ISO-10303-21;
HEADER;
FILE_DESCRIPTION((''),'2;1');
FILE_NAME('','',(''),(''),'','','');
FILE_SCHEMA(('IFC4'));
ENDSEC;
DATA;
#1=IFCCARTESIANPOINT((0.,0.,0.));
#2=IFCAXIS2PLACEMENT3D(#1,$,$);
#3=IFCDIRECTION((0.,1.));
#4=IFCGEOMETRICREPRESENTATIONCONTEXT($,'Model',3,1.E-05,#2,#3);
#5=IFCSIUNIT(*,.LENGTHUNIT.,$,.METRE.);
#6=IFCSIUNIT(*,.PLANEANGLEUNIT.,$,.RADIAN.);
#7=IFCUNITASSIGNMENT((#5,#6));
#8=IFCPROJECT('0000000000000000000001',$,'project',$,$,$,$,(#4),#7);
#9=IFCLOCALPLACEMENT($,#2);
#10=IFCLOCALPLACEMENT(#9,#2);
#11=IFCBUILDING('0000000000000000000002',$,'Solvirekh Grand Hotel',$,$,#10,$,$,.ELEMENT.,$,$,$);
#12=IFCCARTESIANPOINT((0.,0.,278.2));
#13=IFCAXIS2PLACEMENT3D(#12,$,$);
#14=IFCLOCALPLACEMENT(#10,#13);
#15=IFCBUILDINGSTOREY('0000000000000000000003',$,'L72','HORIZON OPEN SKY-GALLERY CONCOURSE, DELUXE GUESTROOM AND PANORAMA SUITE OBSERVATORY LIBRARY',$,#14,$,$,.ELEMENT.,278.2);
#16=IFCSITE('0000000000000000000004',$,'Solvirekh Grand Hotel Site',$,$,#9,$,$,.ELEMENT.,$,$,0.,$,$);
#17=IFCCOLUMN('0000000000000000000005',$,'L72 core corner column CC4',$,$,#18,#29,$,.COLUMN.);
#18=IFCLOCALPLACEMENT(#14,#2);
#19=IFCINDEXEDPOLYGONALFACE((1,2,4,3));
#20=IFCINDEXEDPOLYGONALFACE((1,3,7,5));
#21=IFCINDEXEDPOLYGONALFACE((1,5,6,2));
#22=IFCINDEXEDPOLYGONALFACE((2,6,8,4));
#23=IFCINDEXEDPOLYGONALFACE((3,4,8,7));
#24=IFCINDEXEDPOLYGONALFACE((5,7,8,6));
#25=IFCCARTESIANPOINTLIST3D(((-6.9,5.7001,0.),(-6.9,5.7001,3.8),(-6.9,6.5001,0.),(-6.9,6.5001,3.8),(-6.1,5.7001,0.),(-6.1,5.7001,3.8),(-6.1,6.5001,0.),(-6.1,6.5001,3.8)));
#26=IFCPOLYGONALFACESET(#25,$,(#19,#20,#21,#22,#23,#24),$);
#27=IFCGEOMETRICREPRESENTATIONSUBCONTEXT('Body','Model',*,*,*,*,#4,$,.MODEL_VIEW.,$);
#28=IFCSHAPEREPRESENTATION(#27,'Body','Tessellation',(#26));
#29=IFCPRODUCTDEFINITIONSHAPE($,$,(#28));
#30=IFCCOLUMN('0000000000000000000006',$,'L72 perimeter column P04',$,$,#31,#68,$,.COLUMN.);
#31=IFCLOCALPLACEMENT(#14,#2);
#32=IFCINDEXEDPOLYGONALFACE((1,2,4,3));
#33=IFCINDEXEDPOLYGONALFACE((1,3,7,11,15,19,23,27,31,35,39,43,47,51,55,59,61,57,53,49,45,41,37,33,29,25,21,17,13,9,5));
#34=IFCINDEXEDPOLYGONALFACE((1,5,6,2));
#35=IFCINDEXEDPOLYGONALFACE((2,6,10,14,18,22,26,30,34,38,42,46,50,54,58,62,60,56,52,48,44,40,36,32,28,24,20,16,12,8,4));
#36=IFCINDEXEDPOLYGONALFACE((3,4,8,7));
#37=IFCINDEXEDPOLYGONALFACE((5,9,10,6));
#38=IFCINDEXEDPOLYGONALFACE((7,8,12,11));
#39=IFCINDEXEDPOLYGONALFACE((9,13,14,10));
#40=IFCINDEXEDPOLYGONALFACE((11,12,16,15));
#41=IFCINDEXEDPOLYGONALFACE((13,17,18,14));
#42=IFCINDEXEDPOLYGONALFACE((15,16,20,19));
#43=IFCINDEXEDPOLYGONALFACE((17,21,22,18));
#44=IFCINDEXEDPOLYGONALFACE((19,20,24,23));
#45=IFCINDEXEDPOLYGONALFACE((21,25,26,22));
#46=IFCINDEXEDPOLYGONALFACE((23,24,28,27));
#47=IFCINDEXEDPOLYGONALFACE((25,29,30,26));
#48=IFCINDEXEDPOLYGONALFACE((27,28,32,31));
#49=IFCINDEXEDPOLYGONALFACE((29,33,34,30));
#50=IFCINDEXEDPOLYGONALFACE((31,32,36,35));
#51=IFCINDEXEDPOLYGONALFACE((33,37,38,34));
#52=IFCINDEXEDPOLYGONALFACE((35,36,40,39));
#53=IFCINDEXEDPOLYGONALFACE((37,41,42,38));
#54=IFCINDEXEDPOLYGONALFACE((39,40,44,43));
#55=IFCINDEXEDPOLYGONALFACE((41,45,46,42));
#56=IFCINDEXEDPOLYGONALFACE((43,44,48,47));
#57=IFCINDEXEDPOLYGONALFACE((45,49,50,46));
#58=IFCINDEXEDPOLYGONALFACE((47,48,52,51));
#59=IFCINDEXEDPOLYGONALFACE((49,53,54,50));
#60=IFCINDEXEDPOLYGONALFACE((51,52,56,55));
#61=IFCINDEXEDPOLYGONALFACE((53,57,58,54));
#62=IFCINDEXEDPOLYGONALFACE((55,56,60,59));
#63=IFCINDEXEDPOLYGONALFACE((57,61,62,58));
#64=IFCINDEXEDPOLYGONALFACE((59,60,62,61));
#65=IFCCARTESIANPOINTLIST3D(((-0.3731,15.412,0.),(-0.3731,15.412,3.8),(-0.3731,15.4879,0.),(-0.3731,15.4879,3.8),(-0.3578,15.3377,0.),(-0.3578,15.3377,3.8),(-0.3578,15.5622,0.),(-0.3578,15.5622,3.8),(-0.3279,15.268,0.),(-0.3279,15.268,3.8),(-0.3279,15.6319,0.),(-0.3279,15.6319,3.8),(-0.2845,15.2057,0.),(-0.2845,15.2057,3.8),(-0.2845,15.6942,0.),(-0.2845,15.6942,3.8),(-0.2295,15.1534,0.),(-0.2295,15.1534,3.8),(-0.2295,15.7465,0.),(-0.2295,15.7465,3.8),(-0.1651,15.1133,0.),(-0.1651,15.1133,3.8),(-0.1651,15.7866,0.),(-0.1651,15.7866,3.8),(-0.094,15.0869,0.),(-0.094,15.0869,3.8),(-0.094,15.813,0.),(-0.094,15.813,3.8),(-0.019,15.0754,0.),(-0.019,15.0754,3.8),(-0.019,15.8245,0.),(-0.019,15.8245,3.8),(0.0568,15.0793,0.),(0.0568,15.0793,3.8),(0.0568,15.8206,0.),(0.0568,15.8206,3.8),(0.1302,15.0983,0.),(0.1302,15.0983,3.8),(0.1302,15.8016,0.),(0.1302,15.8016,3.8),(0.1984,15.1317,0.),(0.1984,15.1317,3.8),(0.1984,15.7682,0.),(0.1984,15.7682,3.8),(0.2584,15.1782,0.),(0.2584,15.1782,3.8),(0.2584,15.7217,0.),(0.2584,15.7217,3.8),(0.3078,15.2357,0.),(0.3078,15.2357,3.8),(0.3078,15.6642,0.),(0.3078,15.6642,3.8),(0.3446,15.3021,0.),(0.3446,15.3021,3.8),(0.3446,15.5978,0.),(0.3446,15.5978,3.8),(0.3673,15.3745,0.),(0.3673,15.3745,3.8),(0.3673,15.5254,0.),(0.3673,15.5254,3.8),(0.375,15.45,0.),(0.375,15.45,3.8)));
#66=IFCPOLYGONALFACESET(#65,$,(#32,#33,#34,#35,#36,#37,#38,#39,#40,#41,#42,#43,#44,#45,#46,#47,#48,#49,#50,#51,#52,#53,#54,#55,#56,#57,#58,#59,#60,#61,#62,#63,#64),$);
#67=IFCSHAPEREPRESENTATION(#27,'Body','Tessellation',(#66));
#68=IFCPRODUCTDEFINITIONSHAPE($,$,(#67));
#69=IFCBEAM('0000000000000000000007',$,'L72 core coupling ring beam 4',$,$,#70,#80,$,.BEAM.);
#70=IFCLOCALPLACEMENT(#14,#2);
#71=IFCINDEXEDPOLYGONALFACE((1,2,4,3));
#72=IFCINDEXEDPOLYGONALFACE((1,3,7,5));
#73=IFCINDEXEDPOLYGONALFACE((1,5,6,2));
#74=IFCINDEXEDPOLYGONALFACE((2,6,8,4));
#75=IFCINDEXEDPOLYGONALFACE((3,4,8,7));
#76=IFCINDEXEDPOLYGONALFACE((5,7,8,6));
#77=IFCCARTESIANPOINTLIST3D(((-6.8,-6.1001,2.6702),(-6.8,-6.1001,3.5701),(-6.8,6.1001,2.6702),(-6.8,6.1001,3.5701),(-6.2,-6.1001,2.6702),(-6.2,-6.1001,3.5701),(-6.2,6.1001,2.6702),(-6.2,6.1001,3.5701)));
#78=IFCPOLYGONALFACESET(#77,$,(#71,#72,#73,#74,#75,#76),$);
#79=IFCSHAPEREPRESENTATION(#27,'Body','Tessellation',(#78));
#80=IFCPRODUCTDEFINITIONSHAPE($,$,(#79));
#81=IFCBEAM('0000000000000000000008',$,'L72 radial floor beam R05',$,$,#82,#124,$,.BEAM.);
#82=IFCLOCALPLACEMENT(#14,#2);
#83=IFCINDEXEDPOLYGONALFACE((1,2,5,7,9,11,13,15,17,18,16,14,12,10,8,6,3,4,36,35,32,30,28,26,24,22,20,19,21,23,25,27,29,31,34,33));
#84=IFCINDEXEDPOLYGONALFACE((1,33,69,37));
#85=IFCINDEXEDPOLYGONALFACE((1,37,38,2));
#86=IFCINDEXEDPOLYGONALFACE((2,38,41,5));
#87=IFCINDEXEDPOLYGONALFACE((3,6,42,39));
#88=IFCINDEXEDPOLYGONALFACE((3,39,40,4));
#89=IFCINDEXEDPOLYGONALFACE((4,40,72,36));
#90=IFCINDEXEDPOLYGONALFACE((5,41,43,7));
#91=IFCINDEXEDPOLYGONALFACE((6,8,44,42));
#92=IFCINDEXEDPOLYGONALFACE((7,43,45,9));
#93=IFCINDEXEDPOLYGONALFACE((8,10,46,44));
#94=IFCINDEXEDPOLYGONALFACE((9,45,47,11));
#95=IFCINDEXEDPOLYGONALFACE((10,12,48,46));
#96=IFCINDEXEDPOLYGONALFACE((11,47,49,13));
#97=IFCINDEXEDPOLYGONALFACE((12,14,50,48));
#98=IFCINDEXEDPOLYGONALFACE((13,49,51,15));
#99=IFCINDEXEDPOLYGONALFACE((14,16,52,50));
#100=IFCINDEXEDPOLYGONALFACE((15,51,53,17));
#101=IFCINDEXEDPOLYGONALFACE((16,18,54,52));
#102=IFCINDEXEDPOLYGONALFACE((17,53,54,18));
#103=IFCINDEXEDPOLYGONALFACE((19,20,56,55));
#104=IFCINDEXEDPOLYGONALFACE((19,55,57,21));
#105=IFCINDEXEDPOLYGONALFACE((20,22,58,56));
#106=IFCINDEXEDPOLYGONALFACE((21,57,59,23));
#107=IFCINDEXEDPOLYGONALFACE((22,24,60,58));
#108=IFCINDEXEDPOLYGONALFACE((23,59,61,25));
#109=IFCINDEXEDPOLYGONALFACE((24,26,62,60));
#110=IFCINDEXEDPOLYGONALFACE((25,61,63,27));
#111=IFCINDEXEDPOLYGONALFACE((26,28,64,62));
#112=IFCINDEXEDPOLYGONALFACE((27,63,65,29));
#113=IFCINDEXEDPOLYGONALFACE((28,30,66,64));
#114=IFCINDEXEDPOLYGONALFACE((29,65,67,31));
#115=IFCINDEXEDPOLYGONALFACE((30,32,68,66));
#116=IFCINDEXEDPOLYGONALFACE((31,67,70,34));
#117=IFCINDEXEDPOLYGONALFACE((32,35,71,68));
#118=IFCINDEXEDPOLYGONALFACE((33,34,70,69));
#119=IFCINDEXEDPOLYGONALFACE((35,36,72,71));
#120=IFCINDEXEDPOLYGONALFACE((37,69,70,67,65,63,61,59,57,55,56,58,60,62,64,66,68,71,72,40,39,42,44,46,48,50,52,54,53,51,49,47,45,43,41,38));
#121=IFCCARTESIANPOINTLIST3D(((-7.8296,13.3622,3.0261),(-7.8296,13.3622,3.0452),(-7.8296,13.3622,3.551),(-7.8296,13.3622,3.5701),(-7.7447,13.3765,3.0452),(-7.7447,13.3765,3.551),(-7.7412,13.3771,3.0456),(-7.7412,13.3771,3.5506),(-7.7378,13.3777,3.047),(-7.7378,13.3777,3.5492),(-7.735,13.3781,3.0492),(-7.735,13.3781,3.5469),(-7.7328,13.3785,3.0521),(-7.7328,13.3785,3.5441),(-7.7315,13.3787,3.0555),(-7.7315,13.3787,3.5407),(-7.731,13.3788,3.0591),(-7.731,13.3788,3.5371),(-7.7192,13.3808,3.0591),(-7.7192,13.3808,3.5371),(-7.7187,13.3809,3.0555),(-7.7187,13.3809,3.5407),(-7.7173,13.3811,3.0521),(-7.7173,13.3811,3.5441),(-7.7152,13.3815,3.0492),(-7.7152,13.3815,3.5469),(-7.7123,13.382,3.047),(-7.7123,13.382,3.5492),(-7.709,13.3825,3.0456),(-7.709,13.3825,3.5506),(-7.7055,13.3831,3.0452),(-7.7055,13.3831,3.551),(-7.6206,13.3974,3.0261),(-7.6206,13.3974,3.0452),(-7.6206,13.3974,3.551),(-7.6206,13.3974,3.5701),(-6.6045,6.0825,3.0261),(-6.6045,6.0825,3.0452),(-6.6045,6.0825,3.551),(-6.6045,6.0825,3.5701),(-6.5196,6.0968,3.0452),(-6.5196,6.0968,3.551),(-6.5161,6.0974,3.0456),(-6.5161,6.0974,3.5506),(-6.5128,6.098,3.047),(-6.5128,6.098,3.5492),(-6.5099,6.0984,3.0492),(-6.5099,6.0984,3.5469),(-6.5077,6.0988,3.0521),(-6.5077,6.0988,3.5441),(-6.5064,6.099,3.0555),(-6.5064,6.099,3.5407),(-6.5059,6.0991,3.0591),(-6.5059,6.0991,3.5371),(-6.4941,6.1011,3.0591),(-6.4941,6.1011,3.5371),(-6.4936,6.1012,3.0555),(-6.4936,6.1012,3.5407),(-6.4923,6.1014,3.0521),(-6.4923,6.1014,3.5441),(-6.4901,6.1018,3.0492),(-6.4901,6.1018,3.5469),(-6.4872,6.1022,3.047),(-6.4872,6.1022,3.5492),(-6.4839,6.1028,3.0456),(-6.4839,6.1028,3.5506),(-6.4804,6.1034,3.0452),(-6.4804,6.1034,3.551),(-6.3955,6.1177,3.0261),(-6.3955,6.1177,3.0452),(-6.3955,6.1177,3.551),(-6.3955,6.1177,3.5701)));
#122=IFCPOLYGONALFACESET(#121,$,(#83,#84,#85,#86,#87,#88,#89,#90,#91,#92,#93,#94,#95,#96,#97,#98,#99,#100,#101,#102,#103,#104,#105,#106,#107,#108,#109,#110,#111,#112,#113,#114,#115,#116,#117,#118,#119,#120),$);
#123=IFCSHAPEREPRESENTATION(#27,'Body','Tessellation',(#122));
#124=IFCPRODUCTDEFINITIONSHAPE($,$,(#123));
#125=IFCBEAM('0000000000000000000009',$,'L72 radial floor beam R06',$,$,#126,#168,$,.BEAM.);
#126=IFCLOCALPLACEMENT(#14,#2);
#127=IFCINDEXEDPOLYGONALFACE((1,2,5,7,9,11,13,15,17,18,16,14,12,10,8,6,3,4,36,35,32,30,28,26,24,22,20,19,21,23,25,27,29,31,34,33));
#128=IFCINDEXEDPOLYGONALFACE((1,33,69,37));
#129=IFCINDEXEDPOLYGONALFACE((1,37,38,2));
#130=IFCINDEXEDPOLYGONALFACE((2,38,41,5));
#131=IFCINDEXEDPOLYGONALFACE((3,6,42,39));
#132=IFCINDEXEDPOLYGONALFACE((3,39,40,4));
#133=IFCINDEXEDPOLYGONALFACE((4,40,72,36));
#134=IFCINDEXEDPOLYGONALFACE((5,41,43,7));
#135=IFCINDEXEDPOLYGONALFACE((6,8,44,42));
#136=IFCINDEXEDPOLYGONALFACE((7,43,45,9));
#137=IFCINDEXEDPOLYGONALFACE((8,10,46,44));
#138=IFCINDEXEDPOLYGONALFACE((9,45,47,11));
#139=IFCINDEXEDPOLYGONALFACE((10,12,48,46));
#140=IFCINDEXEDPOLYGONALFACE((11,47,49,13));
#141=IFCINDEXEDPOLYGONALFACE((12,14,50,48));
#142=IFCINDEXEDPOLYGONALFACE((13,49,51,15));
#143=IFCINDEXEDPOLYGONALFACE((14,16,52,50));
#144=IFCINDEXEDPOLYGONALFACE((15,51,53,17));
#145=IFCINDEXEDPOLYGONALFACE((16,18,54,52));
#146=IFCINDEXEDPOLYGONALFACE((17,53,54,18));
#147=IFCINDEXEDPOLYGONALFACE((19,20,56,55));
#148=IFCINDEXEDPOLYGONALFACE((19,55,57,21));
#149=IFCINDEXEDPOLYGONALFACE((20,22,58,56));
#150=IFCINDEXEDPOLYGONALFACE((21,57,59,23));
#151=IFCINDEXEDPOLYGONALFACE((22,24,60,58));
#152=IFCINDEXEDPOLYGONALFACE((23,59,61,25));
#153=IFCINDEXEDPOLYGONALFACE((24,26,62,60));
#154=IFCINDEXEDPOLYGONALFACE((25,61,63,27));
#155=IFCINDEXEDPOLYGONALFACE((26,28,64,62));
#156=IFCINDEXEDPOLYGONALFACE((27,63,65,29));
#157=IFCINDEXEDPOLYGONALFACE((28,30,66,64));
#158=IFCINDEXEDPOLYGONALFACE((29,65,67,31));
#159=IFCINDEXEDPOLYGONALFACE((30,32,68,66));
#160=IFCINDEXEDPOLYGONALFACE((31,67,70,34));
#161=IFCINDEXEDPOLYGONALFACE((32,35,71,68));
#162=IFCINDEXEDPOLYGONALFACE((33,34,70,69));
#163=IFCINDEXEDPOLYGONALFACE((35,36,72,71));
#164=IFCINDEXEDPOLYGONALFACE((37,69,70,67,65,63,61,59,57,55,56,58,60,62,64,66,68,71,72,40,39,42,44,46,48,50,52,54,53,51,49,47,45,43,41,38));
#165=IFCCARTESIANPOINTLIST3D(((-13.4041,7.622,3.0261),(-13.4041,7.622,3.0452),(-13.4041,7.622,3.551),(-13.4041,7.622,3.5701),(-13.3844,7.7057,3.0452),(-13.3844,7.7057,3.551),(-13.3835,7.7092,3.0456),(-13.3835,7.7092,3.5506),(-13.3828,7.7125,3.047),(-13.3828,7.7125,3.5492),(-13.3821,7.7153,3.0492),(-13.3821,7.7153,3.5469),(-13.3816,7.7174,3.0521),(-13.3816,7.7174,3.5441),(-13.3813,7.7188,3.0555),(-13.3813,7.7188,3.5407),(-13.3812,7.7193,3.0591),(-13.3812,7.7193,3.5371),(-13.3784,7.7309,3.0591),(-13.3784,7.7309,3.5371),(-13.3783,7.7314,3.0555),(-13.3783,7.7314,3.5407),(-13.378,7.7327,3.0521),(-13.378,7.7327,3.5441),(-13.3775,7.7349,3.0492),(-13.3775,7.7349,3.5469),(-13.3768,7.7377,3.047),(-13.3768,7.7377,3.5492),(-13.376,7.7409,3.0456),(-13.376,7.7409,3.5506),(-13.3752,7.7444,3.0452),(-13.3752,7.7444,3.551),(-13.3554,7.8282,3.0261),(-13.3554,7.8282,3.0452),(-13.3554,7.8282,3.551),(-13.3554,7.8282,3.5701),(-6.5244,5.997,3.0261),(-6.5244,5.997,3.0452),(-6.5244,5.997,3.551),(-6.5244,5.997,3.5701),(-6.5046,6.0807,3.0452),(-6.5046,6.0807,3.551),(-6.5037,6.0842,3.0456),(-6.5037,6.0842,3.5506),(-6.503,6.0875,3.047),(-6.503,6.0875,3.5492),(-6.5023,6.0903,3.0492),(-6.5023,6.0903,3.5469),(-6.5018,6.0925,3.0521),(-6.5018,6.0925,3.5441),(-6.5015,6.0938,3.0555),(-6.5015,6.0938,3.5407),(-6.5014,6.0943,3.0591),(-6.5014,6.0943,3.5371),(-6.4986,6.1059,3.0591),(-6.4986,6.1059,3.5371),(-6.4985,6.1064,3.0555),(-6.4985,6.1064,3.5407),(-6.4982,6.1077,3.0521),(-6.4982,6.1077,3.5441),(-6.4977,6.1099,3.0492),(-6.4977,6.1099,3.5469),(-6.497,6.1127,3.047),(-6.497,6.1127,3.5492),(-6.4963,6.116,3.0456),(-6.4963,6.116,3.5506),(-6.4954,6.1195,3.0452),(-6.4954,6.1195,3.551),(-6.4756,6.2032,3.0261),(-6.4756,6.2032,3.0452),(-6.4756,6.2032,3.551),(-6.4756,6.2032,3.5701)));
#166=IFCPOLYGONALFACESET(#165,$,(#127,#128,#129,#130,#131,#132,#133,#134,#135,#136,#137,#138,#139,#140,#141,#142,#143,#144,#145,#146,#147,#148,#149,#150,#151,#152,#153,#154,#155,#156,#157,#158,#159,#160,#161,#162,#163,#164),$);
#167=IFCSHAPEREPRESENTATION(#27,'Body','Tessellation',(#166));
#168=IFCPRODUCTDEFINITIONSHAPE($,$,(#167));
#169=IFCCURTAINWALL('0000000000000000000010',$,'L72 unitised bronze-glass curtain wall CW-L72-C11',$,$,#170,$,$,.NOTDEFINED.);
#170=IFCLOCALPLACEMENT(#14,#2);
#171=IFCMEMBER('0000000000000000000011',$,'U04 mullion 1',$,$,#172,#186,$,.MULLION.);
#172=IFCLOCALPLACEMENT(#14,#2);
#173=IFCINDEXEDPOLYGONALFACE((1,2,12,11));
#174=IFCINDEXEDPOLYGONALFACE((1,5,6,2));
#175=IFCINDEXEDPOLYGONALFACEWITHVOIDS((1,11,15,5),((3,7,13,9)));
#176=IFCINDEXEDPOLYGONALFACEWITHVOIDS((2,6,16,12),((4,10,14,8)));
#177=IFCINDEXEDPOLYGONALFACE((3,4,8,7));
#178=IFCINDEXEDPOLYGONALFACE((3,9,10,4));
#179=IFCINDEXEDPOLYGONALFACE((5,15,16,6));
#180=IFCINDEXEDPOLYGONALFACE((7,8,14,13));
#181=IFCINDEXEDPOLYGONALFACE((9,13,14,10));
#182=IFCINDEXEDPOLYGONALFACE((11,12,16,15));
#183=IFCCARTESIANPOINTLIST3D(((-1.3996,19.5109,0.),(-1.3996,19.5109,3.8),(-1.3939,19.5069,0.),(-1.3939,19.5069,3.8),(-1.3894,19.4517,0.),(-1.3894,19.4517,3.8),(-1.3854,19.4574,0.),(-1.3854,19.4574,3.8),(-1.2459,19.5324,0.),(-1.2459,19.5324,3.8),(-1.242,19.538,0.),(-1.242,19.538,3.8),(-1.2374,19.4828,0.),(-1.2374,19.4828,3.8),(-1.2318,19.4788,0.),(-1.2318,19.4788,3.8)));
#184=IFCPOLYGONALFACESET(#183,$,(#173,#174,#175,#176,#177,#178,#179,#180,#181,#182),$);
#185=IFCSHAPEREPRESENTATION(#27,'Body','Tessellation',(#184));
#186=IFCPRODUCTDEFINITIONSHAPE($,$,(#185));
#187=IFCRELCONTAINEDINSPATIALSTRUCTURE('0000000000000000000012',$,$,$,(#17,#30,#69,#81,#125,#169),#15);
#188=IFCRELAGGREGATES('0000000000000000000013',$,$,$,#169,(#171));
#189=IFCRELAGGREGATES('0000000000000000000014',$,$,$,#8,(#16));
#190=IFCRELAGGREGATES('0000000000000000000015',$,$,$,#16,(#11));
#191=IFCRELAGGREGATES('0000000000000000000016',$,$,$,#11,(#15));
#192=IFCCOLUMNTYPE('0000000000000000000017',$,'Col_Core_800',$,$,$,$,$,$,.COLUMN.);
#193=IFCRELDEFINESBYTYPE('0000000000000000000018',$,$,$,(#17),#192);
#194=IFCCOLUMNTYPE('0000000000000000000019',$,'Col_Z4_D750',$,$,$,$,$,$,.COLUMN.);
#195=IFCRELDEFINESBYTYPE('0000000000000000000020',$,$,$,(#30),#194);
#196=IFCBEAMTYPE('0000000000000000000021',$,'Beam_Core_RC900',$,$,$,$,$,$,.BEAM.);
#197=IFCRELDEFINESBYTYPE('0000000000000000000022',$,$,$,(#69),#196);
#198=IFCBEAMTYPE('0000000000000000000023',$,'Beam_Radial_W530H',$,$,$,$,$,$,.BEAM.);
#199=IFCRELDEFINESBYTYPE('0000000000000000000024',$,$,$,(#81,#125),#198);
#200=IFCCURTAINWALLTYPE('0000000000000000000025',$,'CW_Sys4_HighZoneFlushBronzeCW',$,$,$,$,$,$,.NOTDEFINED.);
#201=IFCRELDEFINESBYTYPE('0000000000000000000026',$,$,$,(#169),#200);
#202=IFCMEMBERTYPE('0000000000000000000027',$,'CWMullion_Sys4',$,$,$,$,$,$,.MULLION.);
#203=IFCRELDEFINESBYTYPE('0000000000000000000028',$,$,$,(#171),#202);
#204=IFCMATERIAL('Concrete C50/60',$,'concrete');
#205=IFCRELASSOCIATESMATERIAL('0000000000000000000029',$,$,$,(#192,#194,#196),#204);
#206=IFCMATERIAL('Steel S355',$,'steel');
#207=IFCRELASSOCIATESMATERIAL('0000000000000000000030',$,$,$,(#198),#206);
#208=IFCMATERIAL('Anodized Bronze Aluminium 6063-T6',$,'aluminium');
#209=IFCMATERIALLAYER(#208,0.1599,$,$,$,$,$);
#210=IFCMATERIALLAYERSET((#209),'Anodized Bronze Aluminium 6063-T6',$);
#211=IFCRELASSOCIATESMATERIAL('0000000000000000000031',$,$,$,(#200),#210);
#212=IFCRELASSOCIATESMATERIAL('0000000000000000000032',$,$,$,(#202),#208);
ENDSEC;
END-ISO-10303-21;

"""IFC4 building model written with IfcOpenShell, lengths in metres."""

from ifc_helpers import new_model, si_unit, direction, frame, origin, origin_2d, place, context, subcontext, project, spatial, rectangle, hollow_rectangle, circle, i_section, extrude, source, transform, mapped, material, layer, layer_set, material_profile, profile_set, type_object, element, aggregate, save


model = new_model("IFC4")

# Units and contexts
model_context = context("Model", 3, precision=1e-05, world=origin(), true_north=direction((0.0, 1.0)))
body_context = subcontext(model_context, "Body", "Model", "MODEL_VIEW")
ifc_project = project(units=[si_unit("LENGTHUNIT", "METRE"), si_unit("PLANEANGLEUNIT", "RADIAN")], contexts=[model_context])

# Site, building, storey
site_placement = place(None, origin())
site = spatial("IfcSite", under=ifc_project, at=site_placement, Name="Solvirekh Grand Hotel Site", CompositionType="ELEMENT", RefElevation=0.0)
building_placement = place(site_placement, origin())
building = spatial("IfcBuilding", under=site, at=building_placement, Name="Solvirekh Grand Hotel", CompositionType="ELEMENT")
storey_placement = place(building_placement, frame((0.0, 0.0, 278.2)))
storey = spatial("IfcBuildingStorey", under=building, at=storey_placement, Name="L72", Description="HORIZON OPEN SKY-GALLERY CONCOURSE, DELUXE GUESTROOM AND PANORAMA SUITE OBSERVATORY LIBRARY", CompositionType="ELEMENT", Elevation=278.2)

# Columns
ifc_material_1 = material(Name="Concrete C50/60", Category="concrete")
ifc_material_profile_1 = material_profile(ifc_material_1, rectangle(XDim=0.8, YDim=0.8, at=origin_2d()), Name="RC 800X800")
ifc_profile_set_1 = profile_set([ifc_material_profile_1], Name="Concrete C50/60")
column_type_1 = type_object("IfcColumnType", Name="Col_Core_800", PredefinedType="COLUMN", material=ifc_profile_set_1)
column_1_placement = place(storey_placement, frame((-6.5, 6.1001, 0.0), z_axis=(0.0, 0.0, 1.0), x_axis=(1.0, 0.0, 0.0)))
element("IfcColumn", 1, at=column_1_placement, inside=storey, type_object=column_type_1, Name="L72 core corner column CC4", PredefinedType="COLUMN", context=body_context, shape_type="SweptSolid", body=[
    extrude(rectangle(XDim=0.8, YDim=0.8, at=origin_2d()), origin(), (0.0, 0.0, 1.0), 3.8),
])
ifc_material_profile_2 = material_profile(ifc_material_1, circle(Radius=0.375, at=origin_2d()), Name="RC CIRC D750")
ifc_profile_set_2 = profile_set([ifc_material_profile_2], Name="Concrete C50/60")
column_type_2 = type_object("IfcColumnType", Name="Col_Z4_D750", PredefinedType="COLUMN", material=ifc_profile_set_2)
column_2_placement = place(storey_placement, frame((0.0, 15.45, 0.0), z_axis=(0.0, 0.0, 1.0), x_axis=(1.0, 0.0, 0.0)))
element("IfcColumn", 2, at=column_2_placement, inside=storey, type_object=column_type_2, Name="L72 perimeter column P04", PredefinedType="COLUMN", context=body_context, shape_type="SweptSolid", body=[
    extrude(circle(Radius=0.375, at=origin_2d()), origin(), (0.0, 0.0, 1.0), 3.8),
])

# Beams
ifc_material_profile_3 = material_profile(ifc_material_1, rectangle(XDim=0.6001, YDim=0.8999, at=origin_2d()), Name="RC BEAM 600X900")
ifc_profile_set_3 = profile_set([ifc_material_profile_3], Name="Concrete C50/60")
beam_type_1 = type_object("IfcBeamType", Name="Beam_Core_RC900", PredefinedType="BEAM", material=ifc_profile_set_3)
beam_1_placement = place(storey_placement, frame((-6.5, 6.1001, 3.1201), z_axis=(0.0, -1.0, 0.0), x_axis=(1.0, 0.0, 0.0)))
element("IfcBeam", 3, at=beam_1_placement, inside=storey, type_object=beam_type_1, Name="L72 core coupling ring beam 4", PredefinedType="BEAM", context=body_context, shape_type="SweptSolid", body=[
    extrude(rectangle(XDim=0.6001, YDim=0.8999, at=origin_2d()), origin(), (0.0, 0.0, 1.0), 12.2002),
])
ifc_material_2 = material(Name="Steel S355", Category="steel")
ifc_material_profile_4 = material_profile(ifc_material_2, i_section(OverallWidth=0.2119, OverallDepth=0.5439, WebThickness=0.012, FlangeThickness=0.019, FilletRadius=0.0139, at=origin_2d()), Name="W530X123")
ifc_profile_set_4 = profile_set([ifc_material_profile_4], Name="Steel S355")
beam_type_2 = type_object("IfcBeamType", Name="Beam_Radial_W530H", PredefinedType="BEAM", material=ifc_profile_set_4)
beam_2_placement = place(storey_placement, frame((-6.5, 6.1001, 3.2981), z_axis=(-0.165954, 0.986133, 0.0), x_axis=(-0.986133, -0.165954, 0.0)))
element("IfcBeam", 4, at=beam_2_placement, inside=storey, type_object=beam_type_2, Name="L72 radial floor beam R05", PredefinedType="BEAM", context=body_context, shape_type="SweptSolid", body=[
    extrude(i_section(OverallWidth=0.2119, OverallDepth=0.5439, WebThickness=0.012, FlangeThickness=0.019, FilletRadius=0.0139, at=origin_2d()), origin(), (0.0, 0.0, 1.0), 7.3821),
])
beam_3_placement = place(storey_placement, frame((-6.5, 6.1001, 3.2981), z_axis=(-0.973221, 0.229871, 0.0), x_axis=(-0.229871, -0.973221, 0.0)))
element("IfcBeam", 5, at=beam_3_placement, inside=storey, type_object=beam_type_2, Name="L72 radial floor beam R06", PredefinedType="BEAM", context=body_context, shape_type="SweptSolid", body=[
    extrude(i_section(OverallWidth=0.2119, OverallDepth=0.5439, WebThickness=0.012, FlangeThickness=0.019, FilletRadius=0.0139, at=origin_2d()), origin(), (0.0, 0.0, 1.0), 7.0691),
])

# Curtain wall, member
ifc_material_3 = material(Name="Anodized Bronze Aluminium 6063-T6", Category="aluminium")
ifc_layer_1 = layer(ifc_material_3, 0.1599)
ifc_layer_set_1 = layer_set([ifc_layer_1], Name="Anodized Bronze Aluminium 6063-T6")
curtain_wall_type = type_object("IfcCurtainWallType", Name="CW_Sys4_HighZoneFlushBronzeCW", PredefinedType="NOTDEFINED", material=ifc_layer_set_1)
curtain_wall_placement = place(storey_placement, origin())
curtain_wall = element("IfcCurtainWall", 6, at=curtain_wall_placement, inside=storey, type_object=curtain_wall_type, Name="L72 unitised bronze-glass curtain wall CW-L72-C11", PredefinedType="NOTDEFINED")
ifc_material_profile_5 = material_profile(ifc_material_3, hollow_rectangle(XDim=0.0601, YDim=0.1599, WallThickness=0.0049, at=origin_2d()), Name="ALU RHS 160X60X5")
ifc_profile_set_5 = profile_set([ifc_material_profile_5], Name="Anodized Bronze Aluminium 6063-T6")
member_type_1 = type_object("IfcMemberType", Name="CWMullion_Sys4", PredefinedType="MULLION", material=ifc_profile_set_5)
shared_shape_1 = source(origin(), body_context, "Body", "SweptSolid", [
    extrude(hollow_rectangle(XDim=0.0601, YDim=0.1599, WallThickness=0.0049, at=origin_2d()), origin(), (0.0, 0.0, 1.0), 3.8),
])
member_1_placement = place(storey_placement, frame((-1.3157, 19.4949, 0.0), z_axis=(0.0, 0.0, 1.0), x_axis=(0.169451, -0.985539, 0.0)))
member_1 = element("IfcMember", 7, at=member_1_placement, type_object=member_type_1, Name="U04 mullion 1", PredefinedType="MULLION", context=body_context, shape_type="MappedRepresentation", body=[
    mapped(shared_shape_1, transform((0.0, 0.0, 0.0), x_axis=(1.0, 0.0, 0.0), y_axis=(0.0, 1.0, 0.0), z_axis=(0.0, 0.0, 1.0), scale=1.0)),
])
aggregate(curtain_wall, [member_1])

save(model, "model.ifc")
